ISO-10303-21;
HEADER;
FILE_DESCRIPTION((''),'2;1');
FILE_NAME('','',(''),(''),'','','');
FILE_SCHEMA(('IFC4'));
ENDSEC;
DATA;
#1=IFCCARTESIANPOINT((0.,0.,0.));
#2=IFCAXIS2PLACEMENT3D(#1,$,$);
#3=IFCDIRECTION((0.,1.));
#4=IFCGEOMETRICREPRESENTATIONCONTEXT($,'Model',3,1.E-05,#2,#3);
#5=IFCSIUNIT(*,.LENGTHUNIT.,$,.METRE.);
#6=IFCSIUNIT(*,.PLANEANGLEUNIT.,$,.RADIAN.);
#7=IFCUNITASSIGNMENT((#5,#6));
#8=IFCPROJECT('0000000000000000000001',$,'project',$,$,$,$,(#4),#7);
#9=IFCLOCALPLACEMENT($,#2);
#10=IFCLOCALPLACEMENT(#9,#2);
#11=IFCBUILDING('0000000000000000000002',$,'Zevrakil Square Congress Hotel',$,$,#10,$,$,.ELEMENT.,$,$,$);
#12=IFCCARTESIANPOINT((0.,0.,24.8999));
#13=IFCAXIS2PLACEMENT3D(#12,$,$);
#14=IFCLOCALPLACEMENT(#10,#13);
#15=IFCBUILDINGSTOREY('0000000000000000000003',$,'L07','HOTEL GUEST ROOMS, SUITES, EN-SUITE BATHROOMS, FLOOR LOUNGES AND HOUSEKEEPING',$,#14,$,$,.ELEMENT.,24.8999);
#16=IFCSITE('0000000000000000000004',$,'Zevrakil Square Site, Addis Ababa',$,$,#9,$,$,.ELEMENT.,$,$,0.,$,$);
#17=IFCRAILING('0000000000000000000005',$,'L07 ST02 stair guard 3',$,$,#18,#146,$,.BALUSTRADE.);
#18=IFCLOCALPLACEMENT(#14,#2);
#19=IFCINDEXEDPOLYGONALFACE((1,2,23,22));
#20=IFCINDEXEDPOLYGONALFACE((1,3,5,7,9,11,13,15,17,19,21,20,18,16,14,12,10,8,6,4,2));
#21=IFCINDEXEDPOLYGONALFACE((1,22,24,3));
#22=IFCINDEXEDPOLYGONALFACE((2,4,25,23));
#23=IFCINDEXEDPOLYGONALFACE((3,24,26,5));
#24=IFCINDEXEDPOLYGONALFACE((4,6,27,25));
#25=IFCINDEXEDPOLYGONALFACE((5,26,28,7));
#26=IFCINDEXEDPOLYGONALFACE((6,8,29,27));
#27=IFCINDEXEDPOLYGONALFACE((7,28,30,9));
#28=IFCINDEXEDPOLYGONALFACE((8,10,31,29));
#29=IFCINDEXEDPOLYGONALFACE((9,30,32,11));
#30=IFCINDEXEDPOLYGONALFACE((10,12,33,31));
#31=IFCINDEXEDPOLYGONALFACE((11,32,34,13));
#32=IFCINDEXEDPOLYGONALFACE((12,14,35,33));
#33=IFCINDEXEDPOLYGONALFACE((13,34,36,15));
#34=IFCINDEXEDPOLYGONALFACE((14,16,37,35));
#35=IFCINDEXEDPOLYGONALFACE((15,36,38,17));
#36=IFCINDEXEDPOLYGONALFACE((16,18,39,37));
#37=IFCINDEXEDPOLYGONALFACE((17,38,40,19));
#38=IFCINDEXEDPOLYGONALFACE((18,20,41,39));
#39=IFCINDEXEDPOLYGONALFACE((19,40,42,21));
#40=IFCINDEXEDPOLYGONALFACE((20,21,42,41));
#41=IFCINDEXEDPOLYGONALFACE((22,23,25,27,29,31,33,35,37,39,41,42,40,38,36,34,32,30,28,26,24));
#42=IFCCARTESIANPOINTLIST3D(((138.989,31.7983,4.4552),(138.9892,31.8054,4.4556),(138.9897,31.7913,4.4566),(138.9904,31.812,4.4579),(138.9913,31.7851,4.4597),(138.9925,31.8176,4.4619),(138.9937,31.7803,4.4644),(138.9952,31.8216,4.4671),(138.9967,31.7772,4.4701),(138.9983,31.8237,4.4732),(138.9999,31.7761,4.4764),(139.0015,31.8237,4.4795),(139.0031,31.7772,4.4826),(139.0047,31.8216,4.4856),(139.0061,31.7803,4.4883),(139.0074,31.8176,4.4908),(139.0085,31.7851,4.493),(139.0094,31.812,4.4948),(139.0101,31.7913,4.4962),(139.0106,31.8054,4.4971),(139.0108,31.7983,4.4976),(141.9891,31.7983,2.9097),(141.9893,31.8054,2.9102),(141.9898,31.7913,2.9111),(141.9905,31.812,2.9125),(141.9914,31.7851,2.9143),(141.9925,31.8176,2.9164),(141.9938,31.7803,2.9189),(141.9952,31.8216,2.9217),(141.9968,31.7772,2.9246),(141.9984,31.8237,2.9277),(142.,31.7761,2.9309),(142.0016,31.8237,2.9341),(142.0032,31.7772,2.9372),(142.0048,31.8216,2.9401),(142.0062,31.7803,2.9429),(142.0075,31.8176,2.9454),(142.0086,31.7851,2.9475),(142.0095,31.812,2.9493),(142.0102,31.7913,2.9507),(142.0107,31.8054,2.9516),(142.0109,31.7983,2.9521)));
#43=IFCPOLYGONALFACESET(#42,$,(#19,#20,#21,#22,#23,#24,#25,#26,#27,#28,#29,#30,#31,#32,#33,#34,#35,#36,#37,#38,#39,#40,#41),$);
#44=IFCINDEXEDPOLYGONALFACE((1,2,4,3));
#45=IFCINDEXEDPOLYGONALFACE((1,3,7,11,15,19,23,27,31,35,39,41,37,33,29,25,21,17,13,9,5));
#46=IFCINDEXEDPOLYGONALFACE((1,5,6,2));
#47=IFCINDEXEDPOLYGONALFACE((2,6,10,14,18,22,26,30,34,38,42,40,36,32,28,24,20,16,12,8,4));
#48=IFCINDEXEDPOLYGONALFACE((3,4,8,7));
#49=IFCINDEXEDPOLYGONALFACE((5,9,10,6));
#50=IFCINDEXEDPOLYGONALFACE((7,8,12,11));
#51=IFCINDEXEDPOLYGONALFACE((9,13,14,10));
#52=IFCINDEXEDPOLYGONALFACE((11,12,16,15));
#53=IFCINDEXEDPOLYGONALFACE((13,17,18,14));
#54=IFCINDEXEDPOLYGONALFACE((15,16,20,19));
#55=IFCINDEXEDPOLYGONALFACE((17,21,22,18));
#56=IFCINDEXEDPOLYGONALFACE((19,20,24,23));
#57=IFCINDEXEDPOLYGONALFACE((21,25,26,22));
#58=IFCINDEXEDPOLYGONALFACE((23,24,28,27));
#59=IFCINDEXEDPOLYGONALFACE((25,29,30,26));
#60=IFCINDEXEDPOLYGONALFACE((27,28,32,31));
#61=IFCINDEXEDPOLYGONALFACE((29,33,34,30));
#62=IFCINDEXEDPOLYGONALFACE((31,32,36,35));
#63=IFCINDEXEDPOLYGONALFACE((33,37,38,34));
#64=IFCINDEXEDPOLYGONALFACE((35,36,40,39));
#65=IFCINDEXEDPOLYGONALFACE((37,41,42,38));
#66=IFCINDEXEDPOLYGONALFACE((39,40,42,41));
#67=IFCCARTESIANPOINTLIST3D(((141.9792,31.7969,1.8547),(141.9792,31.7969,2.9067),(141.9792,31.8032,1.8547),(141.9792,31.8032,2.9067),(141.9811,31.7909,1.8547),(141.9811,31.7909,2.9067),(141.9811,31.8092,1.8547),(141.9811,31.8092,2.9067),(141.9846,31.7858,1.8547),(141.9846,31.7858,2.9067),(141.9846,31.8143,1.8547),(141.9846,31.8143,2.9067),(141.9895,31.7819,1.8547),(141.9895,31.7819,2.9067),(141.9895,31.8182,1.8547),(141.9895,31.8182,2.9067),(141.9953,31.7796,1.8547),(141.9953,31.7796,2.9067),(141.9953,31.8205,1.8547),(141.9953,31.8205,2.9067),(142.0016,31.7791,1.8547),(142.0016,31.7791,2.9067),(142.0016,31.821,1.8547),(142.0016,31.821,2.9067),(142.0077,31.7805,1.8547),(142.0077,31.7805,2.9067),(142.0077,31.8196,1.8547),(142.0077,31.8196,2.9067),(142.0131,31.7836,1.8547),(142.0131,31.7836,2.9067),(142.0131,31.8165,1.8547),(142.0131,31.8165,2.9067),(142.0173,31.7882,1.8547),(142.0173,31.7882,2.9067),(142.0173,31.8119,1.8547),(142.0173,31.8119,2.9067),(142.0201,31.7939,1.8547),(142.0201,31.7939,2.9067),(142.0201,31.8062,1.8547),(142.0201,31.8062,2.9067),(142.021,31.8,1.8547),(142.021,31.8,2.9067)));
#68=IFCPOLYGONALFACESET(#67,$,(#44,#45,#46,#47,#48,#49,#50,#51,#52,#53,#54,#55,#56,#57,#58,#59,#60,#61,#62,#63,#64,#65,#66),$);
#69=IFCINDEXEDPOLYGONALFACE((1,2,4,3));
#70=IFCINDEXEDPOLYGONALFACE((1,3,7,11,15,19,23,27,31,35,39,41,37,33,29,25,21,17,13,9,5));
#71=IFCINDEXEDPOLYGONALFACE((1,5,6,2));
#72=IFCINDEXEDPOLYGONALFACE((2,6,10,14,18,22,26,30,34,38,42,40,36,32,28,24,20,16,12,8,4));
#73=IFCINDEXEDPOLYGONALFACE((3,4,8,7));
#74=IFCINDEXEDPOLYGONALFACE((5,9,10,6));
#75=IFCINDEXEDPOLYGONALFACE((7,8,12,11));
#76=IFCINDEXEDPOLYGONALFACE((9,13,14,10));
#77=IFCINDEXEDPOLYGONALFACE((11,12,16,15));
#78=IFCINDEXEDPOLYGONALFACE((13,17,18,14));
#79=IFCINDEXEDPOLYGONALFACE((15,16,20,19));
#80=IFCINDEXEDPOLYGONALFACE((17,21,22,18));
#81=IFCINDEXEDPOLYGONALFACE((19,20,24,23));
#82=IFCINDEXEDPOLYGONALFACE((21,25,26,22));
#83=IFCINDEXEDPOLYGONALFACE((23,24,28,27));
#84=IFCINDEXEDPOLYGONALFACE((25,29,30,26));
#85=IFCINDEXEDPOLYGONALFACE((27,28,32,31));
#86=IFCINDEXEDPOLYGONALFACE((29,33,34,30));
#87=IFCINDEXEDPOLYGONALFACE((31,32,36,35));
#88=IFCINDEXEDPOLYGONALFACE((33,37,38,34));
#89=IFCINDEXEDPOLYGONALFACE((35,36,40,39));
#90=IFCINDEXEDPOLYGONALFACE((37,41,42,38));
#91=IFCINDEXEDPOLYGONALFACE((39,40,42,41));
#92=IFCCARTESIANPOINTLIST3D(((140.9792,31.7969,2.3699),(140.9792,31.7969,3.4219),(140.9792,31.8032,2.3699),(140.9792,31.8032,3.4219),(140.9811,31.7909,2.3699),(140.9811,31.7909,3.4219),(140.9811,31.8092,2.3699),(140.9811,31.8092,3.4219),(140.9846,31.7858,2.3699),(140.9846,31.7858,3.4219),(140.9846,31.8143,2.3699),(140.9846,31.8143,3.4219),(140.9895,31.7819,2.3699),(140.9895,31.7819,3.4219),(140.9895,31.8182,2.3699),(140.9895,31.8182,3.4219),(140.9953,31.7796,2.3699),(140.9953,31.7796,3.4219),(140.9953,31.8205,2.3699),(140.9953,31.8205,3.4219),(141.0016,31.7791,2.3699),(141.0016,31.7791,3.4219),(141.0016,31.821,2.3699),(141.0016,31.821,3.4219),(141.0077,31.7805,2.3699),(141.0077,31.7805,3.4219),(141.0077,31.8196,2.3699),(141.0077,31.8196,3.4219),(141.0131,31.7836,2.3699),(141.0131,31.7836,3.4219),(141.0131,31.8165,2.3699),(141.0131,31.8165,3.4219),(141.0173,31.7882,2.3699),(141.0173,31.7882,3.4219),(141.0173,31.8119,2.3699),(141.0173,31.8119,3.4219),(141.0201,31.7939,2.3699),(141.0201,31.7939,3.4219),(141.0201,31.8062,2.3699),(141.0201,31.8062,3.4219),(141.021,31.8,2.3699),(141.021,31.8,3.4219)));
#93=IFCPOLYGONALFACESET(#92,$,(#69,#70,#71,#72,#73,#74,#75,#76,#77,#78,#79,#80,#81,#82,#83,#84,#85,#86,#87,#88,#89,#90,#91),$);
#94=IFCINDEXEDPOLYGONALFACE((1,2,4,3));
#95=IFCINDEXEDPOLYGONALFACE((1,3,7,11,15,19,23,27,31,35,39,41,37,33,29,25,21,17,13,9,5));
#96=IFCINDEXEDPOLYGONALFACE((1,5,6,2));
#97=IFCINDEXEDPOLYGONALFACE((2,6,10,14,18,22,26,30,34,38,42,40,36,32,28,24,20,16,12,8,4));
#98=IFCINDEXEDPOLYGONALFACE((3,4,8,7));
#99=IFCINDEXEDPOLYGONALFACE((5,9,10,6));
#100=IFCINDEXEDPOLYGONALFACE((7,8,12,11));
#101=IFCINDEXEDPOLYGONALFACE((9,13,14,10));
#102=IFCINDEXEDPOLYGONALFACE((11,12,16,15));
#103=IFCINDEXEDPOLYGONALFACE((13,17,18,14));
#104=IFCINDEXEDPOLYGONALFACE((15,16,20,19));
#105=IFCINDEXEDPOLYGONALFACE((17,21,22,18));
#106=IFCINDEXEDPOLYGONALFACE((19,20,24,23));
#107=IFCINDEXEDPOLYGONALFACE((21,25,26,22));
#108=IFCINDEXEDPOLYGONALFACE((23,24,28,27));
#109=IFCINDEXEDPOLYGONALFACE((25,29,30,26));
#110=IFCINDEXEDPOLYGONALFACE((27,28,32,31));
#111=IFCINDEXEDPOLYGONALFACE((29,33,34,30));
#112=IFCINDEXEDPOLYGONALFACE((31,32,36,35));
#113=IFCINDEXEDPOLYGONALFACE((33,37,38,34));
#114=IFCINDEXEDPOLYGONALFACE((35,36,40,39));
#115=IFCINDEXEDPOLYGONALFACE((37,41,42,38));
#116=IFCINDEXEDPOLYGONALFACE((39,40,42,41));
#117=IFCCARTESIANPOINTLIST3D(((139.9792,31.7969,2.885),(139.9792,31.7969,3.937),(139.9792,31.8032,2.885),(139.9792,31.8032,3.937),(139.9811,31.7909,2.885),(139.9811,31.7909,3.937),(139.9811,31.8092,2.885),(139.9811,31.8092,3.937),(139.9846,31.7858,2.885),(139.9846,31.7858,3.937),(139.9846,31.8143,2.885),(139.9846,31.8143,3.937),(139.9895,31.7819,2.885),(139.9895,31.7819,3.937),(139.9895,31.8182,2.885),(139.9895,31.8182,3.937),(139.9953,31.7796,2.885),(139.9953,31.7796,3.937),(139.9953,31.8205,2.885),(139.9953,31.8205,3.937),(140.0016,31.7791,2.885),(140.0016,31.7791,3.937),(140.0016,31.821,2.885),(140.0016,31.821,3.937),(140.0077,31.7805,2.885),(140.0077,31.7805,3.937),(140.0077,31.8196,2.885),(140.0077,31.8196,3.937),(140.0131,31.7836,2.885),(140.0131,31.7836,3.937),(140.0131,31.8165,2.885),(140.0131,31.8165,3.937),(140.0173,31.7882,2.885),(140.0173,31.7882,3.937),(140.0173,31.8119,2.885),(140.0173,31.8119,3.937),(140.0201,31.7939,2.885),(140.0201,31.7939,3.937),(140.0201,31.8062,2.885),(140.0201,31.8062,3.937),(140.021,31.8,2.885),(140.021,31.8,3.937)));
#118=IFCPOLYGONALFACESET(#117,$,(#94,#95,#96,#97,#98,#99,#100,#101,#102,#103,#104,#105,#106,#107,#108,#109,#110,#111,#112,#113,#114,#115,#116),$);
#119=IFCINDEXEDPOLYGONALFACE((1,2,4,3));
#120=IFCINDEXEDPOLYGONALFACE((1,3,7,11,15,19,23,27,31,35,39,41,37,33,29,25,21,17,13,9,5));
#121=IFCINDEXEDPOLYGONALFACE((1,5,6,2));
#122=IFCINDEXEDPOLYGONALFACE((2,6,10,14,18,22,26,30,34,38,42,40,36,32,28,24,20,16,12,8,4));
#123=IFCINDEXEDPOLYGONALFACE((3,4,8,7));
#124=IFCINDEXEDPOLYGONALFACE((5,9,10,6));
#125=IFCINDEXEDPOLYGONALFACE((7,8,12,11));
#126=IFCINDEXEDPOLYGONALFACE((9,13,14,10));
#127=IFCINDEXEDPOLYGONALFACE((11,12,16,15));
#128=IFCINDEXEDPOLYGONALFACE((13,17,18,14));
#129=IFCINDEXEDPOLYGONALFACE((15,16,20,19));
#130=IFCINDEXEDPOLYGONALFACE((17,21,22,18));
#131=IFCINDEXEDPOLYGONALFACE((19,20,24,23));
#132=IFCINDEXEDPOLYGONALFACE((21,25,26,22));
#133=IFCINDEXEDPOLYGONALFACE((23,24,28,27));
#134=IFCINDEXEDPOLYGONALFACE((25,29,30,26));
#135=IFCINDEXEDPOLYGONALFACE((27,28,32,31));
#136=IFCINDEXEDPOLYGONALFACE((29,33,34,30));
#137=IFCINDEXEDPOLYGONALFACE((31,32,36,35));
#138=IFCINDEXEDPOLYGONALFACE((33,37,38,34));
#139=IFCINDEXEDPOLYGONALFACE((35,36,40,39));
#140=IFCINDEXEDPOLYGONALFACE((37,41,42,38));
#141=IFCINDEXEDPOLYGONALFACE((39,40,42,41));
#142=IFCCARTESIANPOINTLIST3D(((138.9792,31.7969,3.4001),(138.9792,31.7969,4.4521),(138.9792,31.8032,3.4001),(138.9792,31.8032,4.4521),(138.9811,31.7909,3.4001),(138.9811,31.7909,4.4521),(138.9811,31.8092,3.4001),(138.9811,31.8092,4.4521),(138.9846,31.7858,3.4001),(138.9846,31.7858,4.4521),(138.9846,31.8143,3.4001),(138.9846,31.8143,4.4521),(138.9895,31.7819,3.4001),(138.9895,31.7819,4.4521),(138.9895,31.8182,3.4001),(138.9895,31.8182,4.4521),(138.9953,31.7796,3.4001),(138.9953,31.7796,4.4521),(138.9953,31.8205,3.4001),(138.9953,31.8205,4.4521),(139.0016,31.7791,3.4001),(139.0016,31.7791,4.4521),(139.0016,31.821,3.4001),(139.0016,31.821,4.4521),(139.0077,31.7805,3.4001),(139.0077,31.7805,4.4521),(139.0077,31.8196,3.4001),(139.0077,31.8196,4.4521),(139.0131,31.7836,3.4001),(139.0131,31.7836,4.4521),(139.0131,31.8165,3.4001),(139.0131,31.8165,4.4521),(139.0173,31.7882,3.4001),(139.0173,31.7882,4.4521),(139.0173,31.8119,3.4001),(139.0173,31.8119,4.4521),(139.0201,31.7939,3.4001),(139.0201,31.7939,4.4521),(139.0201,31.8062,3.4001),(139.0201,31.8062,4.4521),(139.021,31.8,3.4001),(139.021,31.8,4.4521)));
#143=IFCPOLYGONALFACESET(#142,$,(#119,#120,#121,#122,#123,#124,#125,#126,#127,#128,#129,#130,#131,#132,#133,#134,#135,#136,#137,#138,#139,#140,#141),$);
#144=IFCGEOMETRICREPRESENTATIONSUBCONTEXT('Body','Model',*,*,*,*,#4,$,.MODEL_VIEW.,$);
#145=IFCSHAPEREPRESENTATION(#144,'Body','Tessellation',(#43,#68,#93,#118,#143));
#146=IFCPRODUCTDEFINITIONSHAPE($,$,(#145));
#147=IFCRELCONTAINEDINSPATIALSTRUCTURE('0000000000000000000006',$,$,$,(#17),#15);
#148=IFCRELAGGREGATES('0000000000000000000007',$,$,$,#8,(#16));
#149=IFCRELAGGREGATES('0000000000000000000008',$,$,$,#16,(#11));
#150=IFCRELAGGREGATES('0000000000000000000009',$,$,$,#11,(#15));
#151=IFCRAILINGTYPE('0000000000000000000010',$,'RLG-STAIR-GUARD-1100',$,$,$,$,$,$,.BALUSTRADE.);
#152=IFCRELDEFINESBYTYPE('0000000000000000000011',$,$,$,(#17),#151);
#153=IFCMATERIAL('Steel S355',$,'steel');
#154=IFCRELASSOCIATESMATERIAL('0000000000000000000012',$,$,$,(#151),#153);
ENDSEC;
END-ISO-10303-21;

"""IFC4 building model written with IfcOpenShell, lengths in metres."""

from ifc_helpers import new_model, si_unit, direction, frame, origin, origin_2d, place, context, subcontext, project, spatial, circle, extrude, material, type_object, element, save


model = new_model("IFC4")

# Units and contexts
model_context = context("Model", 3, precision=1e-05, world=origin(), true_north=direction((0.0, 1.0)))
body_context = subcontext(model_context, "Body", "Model", "MODEL_VIEW")
ifc_project = project(units=[si_unit("LENGTHUNIT", "METRE"), si_unit("PLANEANGLEUNIT", "RADIAN")], contexts=[model_context])

# Site, building, storey
site_placement = place(None, origin())
site = spatial("IfcSite", under=ifc_project, at=site_placement, Name="Zevrakil Square Site, Addis Ababa", CompositionType="ELEMENT", RefElevation=0.0)
building_placement = place(site_placement, origin())
building = spatial("IfcBuilding", under=site, at=building_placement, Name="Zevrakil Square Congress Hotel", CompositionType="ELEMENT")
storey_placement = place(building_placement, frame((0.0, 0.0, 24.8999)))
storey = spatial("IfcBuildingStorey", under=building, at=storey_placement, Name="L07", Description="HOTEL GUEST ROOMS, SUITES, EN-SUITE BATHROOMS, FLOOR LOUNGES AND HOUSEKEEPING", CompositionType="ELEMENT", Elevation=24.8999)

# Railing
ifc_material_1 = material(Name="Steel S355", Category="steel")
railing_type_1 = type_object("IfcRailingType", Name="RLG-STAIR-GUARD-1100", PredefinedType="BALUSTRADE", material=ifc_material_1)
railing_1_placement = place(storey_placement, frame((142.0, 31.8, 1.8547)))
element("IfcRailing", 1, at=railing_1_placement, inside=storey, type_object=railing_type_1, Name="L07 ST02 stair guard 3", PredefinedType="BALUSTRADE", context=body_context, shape_type="SweptSolid", body=[
    extrude(circle(Radius=0.0239, at=origin_2d()), frame((0.0, 0.0, 1.0762), z_axis=(-0.88898, 0.0, 0.457946), x_axis=(0.0, -1.0, 0.0)), (0.0, 0.0, 1.0), 3.3748),
    extrude(circle(Radius=0.021, at=origin_2d()), origin(), (0.0, 0.0, 1.0), 1.052),
    extrude(circle(Radius=0.021, at=origin_2d()), frame((-1.0, 0.0, 0.5151)), (0.0, 0.0, 1.0), 1.052),
    extrude(circle(Radius=0.021, at=origin_2d()), frame((-2.0, 0.0, 1.0303)), (0.0, 0.0, 1.0), 1.052),
    extrude(circle(Radius=0.021, at=origin_2d()), frame((-3.0, 0.0, 1.5454)), (0.0, 0.0, 1.0), 1.052),
])

save(model, "model.ifc")
